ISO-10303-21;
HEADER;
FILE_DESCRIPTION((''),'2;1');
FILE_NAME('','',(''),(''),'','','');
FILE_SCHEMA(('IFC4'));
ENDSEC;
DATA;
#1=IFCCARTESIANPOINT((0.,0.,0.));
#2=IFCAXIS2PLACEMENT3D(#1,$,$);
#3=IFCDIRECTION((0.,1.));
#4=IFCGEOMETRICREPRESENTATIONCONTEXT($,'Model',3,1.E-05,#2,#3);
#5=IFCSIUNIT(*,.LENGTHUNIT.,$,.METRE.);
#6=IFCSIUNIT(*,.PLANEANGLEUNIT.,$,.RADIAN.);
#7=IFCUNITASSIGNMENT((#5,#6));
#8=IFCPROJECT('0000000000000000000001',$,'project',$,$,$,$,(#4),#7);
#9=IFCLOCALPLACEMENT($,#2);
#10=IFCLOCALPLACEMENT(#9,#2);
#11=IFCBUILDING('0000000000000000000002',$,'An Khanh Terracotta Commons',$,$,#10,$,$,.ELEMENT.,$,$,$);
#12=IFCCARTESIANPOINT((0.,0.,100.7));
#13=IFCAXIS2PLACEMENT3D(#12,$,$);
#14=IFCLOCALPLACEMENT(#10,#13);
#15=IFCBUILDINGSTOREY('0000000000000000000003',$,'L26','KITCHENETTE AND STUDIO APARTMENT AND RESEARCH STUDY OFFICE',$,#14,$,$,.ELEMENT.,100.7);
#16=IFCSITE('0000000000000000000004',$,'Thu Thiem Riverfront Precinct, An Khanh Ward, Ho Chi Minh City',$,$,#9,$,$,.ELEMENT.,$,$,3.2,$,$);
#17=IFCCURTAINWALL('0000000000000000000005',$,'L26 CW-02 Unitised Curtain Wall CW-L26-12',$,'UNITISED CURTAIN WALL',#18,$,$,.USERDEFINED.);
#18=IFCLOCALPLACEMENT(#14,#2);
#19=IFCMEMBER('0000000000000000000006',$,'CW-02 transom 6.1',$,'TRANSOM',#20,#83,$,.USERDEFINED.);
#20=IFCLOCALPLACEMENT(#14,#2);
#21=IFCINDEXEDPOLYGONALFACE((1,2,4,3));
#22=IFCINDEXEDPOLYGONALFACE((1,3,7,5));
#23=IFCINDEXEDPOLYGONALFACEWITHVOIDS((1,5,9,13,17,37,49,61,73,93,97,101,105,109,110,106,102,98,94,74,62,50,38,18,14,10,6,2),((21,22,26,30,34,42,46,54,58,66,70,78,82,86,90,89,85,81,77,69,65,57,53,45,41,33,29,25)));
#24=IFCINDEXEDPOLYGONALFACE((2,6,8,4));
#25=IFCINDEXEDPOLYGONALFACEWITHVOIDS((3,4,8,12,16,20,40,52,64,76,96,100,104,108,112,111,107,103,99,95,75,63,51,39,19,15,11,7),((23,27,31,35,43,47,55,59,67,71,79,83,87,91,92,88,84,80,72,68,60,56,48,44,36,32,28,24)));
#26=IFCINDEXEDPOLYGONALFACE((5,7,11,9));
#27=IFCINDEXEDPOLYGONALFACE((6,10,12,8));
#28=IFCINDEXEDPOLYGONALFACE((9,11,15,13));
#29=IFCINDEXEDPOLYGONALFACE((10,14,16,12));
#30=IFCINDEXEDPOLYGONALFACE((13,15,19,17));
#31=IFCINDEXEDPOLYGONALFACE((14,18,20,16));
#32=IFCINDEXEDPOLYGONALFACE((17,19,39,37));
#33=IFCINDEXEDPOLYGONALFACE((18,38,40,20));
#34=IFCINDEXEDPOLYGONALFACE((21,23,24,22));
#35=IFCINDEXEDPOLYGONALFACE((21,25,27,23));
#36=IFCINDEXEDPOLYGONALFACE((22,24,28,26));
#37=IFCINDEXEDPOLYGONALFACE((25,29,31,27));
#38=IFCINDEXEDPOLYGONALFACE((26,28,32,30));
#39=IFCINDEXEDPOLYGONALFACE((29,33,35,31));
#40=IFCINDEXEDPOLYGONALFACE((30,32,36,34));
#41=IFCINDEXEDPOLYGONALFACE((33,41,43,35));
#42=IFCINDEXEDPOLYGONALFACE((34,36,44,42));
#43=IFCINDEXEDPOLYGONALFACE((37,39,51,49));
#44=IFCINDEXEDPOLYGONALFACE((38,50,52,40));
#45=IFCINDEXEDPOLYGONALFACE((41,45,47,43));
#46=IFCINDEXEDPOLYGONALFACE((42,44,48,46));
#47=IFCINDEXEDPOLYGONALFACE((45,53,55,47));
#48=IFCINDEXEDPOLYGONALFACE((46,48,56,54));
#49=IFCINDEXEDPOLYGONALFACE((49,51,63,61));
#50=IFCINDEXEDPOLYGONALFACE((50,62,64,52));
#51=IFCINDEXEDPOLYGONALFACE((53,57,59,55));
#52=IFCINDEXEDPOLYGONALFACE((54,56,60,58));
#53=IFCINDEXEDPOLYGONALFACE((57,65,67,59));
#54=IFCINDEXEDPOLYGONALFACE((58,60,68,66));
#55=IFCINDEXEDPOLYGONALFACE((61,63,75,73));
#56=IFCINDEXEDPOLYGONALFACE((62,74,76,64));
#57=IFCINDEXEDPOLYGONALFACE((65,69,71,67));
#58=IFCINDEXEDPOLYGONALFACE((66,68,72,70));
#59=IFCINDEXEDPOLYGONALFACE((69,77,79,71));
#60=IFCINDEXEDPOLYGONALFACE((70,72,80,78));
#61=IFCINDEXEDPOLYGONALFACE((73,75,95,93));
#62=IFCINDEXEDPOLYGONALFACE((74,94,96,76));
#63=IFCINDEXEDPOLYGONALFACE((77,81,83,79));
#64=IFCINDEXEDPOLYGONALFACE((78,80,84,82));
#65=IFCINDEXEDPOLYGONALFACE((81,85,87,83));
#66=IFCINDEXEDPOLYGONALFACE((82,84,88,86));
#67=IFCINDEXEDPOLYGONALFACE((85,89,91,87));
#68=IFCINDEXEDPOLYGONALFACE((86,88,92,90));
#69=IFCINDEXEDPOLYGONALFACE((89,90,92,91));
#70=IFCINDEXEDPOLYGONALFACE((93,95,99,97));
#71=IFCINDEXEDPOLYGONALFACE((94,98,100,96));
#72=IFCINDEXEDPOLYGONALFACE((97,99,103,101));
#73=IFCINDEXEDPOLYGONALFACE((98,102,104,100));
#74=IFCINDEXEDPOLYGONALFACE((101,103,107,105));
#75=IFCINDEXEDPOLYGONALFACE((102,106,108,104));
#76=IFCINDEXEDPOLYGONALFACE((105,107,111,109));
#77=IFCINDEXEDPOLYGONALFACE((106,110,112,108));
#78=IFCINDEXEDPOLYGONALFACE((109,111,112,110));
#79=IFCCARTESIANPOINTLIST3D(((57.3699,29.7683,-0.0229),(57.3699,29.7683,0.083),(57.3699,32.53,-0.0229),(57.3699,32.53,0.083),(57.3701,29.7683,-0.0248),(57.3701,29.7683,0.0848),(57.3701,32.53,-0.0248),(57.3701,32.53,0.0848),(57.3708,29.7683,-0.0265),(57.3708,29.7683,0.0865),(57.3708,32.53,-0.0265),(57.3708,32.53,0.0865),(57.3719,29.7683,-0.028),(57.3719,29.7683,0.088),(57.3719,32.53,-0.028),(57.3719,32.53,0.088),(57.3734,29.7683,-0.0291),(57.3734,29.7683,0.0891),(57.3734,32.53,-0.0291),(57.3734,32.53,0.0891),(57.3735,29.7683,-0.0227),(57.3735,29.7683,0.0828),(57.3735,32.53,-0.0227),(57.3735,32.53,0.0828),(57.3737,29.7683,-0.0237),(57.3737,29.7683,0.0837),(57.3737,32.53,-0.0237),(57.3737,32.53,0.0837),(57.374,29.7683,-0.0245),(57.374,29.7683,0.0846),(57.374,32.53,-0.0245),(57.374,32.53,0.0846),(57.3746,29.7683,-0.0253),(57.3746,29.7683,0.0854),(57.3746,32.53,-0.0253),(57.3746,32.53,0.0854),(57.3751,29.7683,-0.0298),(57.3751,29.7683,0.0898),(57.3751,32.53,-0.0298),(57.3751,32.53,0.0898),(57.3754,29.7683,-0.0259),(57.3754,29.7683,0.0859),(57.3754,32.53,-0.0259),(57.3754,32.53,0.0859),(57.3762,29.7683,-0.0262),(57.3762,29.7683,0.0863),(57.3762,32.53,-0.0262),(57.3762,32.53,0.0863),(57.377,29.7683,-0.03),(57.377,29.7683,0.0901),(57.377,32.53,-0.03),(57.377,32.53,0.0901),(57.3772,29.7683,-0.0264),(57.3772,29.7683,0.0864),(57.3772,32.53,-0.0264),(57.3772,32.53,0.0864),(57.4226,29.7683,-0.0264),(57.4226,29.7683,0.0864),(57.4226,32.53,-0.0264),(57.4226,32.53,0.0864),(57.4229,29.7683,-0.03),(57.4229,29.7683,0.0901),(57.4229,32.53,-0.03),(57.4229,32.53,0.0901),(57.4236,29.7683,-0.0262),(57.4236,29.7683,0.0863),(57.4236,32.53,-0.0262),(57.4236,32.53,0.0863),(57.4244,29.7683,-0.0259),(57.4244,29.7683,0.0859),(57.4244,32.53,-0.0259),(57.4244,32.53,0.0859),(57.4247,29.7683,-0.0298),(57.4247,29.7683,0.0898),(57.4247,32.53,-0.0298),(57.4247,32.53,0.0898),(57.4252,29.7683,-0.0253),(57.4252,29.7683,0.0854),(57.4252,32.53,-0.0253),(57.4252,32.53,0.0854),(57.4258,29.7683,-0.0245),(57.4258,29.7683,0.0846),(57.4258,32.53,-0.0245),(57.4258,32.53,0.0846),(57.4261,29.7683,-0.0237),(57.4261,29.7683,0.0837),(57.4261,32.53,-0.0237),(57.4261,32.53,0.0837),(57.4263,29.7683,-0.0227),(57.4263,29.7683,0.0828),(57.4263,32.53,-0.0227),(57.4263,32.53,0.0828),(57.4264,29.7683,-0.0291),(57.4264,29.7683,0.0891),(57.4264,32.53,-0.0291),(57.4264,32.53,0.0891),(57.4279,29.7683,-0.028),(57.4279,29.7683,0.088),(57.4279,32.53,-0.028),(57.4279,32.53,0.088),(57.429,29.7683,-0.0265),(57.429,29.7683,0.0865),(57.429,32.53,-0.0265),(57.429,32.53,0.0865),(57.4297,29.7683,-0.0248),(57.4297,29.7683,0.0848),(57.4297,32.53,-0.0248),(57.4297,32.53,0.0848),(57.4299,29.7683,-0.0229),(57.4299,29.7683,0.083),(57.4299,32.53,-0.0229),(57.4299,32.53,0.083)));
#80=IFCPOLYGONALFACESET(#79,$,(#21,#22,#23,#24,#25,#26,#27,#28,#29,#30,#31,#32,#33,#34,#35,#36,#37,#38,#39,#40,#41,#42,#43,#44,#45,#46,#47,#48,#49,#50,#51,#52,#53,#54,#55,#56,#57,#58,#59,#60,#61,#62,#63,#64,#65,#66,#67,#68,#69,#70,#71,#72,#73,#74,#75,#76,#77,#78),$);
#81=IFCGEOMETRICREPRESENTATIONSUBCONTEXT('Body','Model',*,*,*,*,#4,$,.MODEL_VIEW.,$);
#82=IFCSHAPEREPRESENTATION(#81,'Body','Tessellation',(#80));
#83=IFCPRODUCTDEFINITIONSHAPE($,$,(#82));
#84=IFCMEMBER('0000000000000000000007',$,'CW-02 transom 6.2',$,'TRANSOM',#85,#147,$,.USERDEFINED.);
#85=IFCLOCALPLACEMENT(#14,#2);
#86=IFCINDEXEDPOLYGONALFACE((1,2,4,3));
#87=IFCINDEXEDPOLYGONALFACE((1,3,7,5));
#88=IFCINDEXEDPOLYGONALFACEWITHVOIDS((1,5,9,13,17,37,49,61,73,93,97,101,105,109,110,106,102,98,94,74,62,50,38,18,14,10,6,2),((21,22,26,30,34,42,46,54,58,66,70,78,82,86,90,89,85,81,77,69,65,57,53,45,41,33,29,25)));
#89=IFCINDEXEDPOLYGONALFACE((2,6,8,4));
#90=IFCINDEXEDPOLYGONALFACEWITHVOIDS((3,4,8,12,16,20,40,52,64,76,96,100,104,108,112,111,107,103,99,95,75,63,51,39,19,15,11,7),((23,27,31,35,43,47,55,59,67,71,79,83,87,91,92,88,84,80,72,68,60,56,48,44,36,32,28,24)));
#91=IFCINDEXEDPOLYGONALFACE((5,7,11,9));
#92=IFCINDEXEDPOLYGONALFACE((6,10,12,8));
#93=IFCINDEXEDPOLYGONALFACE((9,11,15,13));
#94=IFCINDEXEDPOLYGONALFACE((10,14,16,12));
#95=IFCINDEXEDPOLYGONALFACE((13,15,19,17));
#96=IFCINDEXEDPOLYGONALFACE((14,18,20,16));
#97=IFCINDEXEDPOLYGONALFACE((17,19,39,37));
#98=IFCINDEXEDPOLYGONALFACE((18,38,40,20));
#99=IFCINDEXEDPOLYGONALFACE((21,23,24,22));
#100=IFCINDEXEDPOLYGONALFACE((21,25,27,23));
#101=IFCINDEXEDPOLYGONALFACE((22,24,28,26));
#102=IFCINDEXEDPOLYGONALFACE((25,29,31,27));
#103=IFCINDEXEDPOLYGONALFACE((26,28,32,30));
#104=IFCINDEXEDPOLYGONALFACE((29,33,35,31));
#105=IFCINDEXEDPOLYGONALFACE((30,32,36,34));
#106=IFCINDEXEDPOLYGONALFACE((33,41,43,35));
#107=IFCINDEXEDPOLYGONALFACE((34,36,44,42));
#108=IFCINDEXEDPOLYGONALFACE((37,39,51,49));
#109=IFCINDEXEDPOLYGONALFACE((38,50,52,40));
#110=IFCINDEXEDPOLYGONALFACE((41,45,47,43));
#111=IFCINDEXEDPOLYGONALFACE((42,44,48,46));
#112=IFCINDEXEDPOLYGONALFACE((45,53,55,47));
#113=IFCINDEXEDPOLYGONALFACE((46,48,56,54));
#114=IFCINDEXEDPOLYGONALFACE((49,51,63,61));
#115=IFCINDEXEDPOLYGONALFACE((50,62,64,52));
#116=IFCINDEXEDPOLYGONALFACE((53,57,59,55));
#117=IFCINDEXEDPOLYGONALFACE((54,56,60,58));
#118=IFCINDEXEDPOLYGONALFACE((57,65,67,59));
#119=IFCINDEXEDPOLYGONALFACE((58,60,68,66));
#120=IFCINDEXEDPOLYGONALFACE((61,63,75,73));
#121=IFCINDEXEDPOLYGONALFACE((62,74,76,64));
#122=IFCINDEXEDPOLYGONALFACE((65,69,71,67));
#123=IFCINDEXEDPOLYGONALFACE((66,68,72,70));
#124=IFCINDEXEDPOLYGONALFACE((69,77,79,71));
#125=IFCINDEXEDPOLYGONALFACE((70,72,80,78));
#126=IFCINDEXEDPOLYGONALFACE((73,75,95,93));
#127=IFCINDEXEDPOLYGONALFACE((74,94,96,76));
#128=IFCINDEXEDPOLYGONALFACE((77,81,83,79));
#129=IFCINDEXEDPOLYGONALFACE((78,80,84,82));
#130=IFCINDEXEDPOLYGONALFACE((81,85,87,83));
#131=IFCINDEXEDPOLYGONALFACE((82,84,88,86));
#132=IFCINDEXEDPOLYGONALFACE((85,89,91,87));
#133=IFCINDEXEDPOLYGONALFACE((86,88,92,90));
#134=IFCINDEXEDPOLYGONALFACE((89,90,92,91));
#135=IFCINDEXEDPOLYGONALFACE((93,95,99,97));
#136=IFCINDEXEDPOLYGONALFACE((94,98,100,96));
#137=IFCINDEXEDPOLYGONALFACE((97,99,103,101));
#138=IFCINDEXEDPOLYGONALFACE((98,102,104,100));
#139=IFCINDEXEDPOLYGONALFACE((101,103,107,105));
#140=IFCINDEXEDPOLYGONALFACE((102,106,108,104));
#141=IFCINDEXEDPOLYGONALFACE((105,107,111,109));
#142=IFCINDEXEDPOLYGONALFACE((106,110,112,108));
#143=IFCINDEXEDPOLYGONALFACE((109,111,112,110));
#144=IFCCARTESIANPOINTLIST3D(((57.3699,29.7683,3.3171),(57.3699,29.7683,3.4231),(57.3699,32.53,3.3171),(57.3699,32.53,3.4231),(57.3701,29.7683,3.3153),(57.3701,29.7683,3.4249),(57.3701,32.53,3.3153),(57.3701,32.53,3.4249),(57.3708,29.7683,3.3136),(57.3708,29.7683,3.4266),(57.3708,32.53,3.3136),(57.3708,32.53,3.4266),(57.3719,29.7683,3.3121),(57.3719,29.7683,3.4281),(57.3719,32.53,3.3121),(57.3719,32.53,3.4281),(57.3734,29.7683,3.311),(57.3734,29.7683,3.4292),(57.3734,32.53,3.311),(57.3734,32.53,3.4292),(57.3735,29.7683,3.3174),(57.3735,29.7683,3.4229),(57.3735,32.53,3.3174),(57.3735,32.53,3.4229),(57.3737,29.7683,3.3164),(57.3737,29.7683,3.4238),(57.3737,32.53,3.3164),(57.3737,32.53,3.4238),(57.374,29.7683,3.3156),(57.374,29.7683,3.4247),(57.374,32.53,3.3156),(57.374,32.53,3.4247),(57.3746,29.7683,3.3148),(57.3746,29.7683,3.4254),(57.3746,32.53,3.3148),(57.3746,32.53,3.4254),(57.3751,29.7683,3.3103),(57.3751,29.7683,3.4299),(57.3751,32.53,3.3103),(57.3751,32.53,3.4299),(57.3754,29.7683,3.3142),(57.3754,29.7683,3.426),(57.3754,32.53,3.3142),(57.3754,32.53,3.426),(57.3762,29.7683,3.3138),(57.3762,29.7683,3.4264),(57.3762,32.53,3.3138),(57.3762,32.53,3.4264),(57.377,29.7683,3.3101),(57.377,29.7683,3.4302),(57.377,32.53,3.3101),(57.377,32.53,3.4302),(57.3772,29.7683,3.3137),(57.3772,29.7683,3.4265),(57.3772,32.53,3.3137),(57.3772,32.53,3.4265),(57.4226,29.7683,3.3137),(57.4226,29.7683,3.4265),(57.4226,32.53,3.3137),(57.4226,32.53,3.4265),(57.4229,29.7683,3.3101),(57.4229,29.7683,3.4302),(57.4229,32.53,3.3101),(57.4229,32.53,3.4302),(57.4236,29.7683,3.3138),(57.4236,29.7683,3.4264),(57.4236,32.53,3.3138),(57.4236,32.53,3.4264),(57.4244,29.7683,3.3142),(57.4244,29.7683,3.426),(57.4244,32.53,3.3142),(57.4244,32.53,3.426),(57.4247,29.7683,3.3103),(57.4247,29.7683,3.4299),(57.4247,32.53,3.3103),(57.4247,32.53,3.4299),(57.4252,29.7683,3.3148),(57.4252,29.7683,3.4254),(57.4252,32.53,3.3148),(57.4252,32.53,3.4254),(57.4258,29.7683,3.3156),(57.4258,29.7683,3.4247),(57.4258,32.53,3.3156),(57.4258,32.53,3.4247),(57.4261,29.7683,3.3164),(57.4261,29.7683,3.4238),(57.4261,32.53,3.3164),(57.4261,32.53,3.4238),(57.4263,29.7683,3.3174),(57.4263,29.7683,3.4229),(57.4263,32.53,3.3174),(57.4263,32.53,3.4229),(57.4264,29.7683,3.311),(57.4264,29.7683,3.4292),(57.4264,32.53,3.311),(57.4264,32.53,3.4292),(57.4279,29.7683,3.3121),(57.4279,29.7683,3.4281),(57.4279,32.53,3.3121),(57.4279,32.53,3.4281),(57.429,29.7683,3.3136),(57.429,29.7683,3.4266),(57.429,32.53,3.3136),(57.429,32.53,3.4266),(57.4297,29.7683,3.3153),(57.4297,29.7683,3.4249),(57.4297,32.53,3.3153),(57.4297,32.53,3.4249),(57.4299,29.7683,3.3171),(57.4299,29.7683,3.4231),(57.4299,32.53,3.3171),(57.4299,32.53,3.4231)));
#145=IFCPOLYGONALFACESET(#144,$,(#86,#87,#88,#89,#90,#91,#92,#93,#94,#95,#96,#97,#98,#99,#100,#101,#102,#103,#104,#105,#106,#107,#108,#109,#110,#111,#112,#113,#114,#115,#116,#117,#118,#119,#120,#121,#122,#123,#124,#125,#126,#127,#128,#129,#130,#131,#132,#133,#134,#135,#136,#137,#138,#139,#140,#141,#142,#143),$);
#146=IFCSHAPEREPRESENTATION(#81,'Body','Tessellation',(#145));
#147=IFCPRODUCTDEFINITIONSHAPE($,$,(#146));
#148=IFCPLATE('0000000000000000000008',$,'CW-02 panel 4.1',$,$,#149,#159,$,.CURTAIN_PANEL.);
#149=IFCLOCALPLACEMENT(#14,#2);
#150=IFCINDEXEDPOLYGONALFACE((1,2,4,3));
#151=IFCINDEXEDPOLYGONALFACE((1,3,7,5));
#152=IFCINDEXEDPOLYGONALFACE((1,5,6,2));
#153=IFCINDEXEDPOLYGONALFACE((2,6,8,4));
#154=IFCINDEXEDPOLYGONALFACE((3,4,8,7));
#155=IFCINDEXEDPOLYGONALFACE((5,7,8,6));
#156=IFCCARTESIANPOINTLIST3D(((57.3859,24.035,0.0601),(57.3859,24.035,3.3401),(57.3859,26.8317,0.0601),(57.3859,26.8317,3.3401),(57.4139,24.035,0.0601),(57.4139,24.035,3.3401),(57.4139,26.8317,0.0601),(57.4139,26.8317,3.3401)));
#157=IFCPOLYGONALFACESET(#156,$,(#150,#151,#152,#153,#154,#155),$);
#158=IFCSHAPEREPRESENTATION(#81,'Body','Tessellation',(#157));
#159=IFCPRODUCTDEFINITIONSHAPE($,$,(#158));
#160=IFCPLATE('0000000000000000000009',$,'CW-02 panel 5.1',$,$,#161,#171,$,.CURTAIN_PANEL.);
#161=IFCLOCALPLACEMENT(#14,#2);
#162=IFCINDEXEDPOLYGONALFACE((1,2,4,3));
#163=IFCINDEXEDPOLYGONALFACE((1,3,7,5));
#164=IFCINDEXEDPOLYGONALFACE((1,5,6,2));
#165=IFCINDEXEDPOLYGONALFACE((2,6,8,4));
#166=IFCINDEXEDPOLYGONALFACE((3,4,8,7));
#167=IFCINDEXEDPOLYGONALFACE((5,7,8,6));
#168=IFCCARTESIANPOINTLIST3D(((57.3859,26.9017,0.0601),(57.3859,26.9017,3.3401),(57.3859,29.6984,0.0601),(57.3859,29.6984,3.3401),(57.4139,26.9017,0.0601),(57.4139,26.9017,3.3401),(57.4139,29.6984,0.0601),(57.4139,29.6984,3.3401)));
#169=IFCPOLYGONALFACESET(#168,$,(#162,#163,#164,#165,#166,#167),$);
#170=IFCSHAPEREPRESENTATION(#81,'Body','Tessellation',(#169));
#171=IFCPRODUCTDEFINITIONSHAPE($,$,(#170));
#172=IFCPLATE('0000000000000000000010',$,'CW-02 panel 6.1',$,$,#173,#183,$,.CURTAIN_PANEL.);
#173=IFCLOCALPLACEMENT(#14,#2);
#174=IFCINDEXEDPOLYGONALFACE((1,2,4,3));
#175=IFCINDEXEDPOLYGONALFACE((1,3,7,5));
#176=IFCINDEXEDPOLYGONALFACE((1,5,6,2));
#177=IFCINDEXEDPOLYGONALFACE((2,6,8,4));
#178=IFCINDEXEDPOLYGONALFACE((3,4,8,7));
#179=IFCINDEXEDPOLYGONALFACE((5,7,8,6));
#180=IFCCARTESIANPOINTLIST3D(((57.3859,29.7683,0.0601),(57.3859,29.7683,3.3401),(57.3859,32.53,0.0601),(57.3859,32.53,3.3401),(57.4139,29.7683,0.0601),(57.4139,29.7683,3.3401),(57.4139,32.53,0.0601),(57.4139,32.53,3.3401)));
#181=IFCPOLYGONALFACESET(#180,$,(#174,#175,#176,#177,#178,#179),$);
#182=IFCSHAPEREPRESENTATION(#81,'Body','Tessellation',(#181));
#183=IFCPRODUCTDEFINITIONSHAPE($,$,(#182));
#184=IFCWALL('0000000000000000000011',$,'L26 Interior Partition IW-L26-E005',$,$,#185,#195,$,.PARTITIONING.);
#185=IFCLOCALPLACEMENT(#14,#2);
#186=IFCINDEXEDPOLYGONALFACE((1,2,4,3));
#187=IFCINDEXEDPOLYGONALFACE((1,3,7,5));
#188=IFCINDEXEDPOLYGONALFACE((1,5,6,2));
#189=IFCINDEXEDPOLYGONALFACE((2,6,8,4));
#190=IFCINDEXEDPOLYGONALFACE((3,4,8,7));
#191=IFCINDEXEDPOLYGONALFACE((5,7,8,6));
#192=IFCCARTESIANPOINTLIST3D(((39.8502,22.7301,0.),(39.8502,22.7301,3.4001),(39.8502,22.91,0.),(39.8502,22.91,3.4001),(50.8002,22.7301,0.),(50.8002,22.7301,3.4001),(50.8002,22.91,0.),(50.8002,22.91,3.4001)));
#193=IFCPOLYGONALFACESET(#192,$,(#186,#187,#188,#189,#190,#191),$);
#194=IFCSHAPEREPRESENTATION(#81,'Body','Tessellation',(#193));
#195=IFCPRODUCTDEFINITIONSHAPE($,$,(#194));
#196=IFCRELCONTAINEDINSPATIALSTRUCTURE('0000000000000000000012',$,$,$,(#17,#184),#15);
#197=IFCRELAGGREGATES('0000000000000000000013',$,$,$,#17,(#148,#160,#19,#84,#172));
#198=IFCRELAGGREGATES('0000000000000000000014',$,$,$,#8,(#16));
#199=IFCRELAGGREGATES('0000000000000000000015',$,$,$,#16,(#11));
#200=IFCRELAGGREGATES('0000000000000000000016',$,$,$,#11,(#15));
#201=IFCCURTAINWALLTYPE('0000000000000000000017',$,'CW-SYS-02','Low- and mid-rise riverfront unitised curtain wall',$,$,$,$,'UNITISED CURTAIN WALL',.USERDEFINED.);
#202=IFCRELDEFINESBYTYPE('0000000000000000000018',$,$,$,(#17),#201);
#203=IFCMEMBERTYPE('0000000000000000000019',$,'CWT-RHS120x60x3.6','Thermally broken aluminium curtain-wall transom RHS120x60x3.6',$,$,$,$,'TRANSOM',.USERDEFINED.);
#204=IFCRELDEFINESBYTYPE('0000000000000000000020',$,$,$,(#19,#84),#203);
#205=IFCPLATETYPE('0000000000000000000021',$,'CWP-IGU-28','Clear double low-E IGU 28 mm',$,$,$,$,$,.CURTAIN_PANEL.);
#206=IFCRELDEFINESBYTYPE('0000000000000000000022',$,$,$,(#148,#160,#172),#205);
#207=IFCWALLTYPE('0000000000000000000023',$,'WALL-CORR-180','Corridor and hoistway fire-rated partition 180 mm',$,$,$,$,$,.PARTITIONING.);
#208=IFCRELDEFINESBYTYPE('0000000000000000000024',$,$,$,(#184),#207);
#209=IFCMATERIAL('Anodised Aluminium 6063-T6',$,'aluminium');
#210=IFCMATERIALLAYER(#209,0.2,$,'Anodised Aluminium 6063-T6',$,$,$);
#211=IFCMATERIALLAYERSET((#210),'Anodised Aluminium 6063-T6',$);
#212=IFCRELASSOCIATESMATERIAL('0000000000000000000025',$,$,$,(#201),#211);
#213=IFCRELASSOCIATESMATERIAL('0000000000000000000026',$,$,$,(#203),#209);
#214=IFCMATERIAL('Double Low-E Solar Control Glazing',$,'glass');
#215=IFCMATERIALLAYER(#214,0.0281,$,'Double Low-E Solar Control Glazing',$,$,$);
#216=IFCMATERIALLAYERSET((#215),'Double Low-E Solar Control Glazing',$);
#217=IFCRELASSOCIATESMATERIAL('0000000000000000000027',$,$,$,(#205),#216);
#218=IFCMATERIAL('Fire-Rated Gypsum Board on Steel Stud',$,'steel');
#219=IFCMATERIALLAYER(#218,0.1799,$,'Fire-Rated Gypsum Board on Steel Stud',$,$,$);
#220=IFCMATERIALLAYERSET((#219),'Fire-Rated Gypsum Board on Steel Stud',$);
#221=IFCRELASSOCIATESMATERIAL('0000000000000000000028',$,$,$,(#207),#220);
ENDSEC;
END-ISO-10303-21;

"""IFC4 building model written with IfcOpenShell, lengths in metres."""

from ifc_helpers import new_model, si_unit, direction, frame, frame_2d, origin, origin_2d, place, context, subcontext, project, spatial, rectangle, hollow_rectangle, extrude, material, layer, layer_set, material_profile, profile_set, type_object, element, aggregate, save


model = new_model("IFC4")

# Units and contexts
model_context = context("Model", 3, precision=1e-05, world=origin(), true_north=direction((0.0, 1.0)))
body_context = subcontext(model_context, "Body", "Model", "MODEL_VIEW")
ifc_project = project(units=[si_unit("LENGTHUNIT", "METRE"), si_unit("PLANEANGLEUNIT", "RADIAN")], contexts=[model_context])

# Site, building, storey
site_placement = place(None, origin())
site = spatial("IfcSite", under=ifc_project, at=site_placement, Name="Thu Thiem Riverfront Precinct, An Khanh Ward, Ho Chi Minh City", CompositionType="ELEMENT", RefElevation=3.2)
building_placement = place(site_placement, origin())
building = spatial("IfcBuilding", under=site, at=building_placement, Name="An Khanh Terracotta Commons", CompositionType="ELEMENT")
storey_placement = place(building_placement, frame((0.0, 0.0, 100.7)))
storey = spatial("IfcBuildingStorey", under=building, at=storey_placement, Name="L26", Description="KITCHENETTE AND STUDIO APARTMENT AND RESEARCH STUDY OFFICE", CompositionType="ELEMENT", Elevation=100.7)

# Curtain wall, members, plates
ifc_material_1 = material(Name="Anodised Aluminium 6063-T6", Category="aluminium")
ifc_layer_1 = layer(ifc_material_1, 0.2, Name="Anodised Aluminium 6063-T6")
ifc_layer_set_1 = layer_set([ifc_layer_1], Name="Anodised Aluminium 6063-T6")
curtain_wall_type = type_object("IfcCurtainWallType", Name="CW-SYS-02", Description="Low- and mid-rise riverfront unitised curtain wall", ElementType="UNITISED CURTAIN WALL", PredefinedType="USERDEFINED", material=ifc_layer_set_1)
curtain_wall_placement = place(storey_placement, origin())
curtain_wall = element("IfcCurtainWall", 1, at=curtain_wall_placement, inside=storey, type_object=curtain_wall_type, Name="L26 CW-02 Unitised Curtain Wall CW-L26-12", ObjectType="UNITISED CURTAIN WALL", PredefinedType="USERDEFINED")
ifc_material_profile_1 = material_profile(ifc_material_1, hollow_rectangle(XDim=0.0601, YDim=0.1201, WallThickness=0.0037, InnerFilletRadius=0.0037, OuterFilletRadius=0.0071, at=origin_2d()), Name="RHS120x60x3.6")
ifc_profile_set_1 = profile_set([ifc_material_profile_1], Name="Anodised Aluminium 6063-T6")
member_type_1 = type_object("IfcMemberType", Name="CWT-RHS120x60x3.6", Description="Thermally broken aluminium curtain-wall transom RHS120x60x3.6", ElementType="TRANSOM", PredefinedType="USERDEFINED", material=ifc_profile_set_1)
member_1_placement = place(storey_placement, frame((57.3999, 29.7683, 0.03), z_axis=(0.0, 1.0, 0.0), x_axis=(-1.0, 0.0, 0.0)))
member_1 = element("IfcMember", 2, at=member_1_placement, type_object=member_type_1, Name="CW-02 transom 6.1", ObjectType="TRANSOM", PredefinedType="USERDEFINED", context=body_context, shape_type="SweptSolid", body=[
    extrude(hollow_rectangle(XDim=0.0601, YDim=0.1201, WallThickness=0.0037, InnerFilletRadius=0.0037, OuterFilletRadius=0.0071, at=origin_2d()), origin(), (0.0, 0.0, 1.0), 2.7617),
])
member_2_placement = place(storey_placement, frame((57.3999, 29.7683, 3.3701), z_axis=(0.0, 1.0, 0.0), x_axis=(-1.0, 0.0, 0.0)))
member_2 = element("IfcMember", 3, at=member_2_placement, type_object=member_type_1, Name="CW-02 transom 6.2", ObjectType="TRANSOM", PredefinedType="USERDEFINED", context=body_context, shape_type="SweptSolid", body=[
    extrude(hollow_rectangle(XDim=0.0601, YDim=0.1201, WallThickness=0.0037, InnerFilletRadius=0.0037, OuterFilletRadius=0.0071, at=origin_2d()), origin(), (0.0, 0.0, 1.0), 2.7617),
])
ifc_material_2 = material(Name="Double Low-E Solar Control Glazing", Category="glass")
ifc_layer_2 = layer(ifc_material_2, 0.0281, Name="Double Low-E Solar Control Glazing")
ifc_layer_set_2 = layer_set([ifc_layer_2], Name="Double Low-E Solar Control Glazing")
plate_type = type_object("IfcPlateType", Name="CWP-IGU-28", Description="Clear double low-E IGU 28 mm", PredefinedType="CURTAIN_PANEL", material=ifc_layer_set_2)
plate_1_placement = place(storey_placement, frame((57.3999, 25.4333, 0.0601), z_axis=(0.0, 0.0, 1.0), x_axis=(0.0, 1.0, 0.0)))
plate_1 = element("IfcPlate", 4, at=plate_1_placement, type_object=plate_type, Name="CW-02 panel 4.1", PredefinedType="CURTAIN_PANEL", context=body_context, shape_type="SweptSolid", body=[
    extrude(rectangle(XDim=2.7966, YDim=0.0281, at=origin_2d()), origin(), (0.0, 0.0, 1.0), 3.28),
])
plate_2_placement = place(storey_placement, frame((57.3999, 28.3, 0.0601), z_axis=(0.0, 0.0, 1.0), x_axis=(0.0, 1.0, 0.0)))
plate_2 = element("IfcPlate", 5, at=plate_2_placement, type_object=plate_type, Name="CW-02 panel 5.1", PredefinedType="CURTAIN_PANEL", context=body_context, shape_type="SweptSolid", body=[
    extrude(rectangle(XDim=2.7966, YDim=0.0281, at=origin_2d()), origin(), (0.0, 0.0, 1.0), 3.28),
])
plate_3_placement = place(storey_placement, frame((57.3999, 31.1492, 0.0601), z_axis=(0.0, 0.0, 1.0), x_axis=(0.0, 1.0, 0.0)))
plate_3 = element("IfcPlate", 6, at=plate_3_placement, type_object=plate_type, Name="CW-02 panel 6.1", PredefinedType="CURTAIN_PANEL", context=body_context, shape_type="SweptSolid", body=[
    extrude(rectangle(XDim=2.7617, YDim=0.0281, at=origin_2d()), origin(), (0.0, 0.0, 1.0), 3.28),
])
aggregate(curtain_wall, [plate_1, plate_2, member_1, member_2, plate_3])

# Wall
ifc_material_3 = material(Name="Fire-Rated Gypsum Board on Steel Stud", Category="steel")
ifc_layer_3 = layer(ifc_material_3, 0.1799, Name="Fire-Rated Gypsum Board on Steel Stud")
ifc_layer_set_3 = layer_set([ifc_layer_3], Name="Fire-Rated Gypsum Board on Steel Stud")
wall_type_1 = type_object("IfcWallType", Name="WALL-CORR-180", Description="Corridor and hoistway fire-rated partition 180 mm", PredefinedType="PARTITIONING", material=ifc_layer_set_3)
wall_1_placement = place(storey_placement, frame((39.8501, 22.8201, 0.0), z_axis=(0.0, 0.0, 1.0), x_axis=(1.0, 0.0, 0.0)))
element("IfcWall", 7, at=wall_1_placement, inside=storey, type_object=wall_type_1, Name="L26 Interior Partition IW-L26-E005", PredefinedType="PARTITIONING", context=body_context, shape_type="SweptSolid", body=[
    extrude(rectangle(XDim=10.95, YDim=0.1799, at=frame_2d((5.4751, 0.0))), origin(), (0.0, 0.0, 1.0), 3.4001),
])

save(model, "model.ifc")
